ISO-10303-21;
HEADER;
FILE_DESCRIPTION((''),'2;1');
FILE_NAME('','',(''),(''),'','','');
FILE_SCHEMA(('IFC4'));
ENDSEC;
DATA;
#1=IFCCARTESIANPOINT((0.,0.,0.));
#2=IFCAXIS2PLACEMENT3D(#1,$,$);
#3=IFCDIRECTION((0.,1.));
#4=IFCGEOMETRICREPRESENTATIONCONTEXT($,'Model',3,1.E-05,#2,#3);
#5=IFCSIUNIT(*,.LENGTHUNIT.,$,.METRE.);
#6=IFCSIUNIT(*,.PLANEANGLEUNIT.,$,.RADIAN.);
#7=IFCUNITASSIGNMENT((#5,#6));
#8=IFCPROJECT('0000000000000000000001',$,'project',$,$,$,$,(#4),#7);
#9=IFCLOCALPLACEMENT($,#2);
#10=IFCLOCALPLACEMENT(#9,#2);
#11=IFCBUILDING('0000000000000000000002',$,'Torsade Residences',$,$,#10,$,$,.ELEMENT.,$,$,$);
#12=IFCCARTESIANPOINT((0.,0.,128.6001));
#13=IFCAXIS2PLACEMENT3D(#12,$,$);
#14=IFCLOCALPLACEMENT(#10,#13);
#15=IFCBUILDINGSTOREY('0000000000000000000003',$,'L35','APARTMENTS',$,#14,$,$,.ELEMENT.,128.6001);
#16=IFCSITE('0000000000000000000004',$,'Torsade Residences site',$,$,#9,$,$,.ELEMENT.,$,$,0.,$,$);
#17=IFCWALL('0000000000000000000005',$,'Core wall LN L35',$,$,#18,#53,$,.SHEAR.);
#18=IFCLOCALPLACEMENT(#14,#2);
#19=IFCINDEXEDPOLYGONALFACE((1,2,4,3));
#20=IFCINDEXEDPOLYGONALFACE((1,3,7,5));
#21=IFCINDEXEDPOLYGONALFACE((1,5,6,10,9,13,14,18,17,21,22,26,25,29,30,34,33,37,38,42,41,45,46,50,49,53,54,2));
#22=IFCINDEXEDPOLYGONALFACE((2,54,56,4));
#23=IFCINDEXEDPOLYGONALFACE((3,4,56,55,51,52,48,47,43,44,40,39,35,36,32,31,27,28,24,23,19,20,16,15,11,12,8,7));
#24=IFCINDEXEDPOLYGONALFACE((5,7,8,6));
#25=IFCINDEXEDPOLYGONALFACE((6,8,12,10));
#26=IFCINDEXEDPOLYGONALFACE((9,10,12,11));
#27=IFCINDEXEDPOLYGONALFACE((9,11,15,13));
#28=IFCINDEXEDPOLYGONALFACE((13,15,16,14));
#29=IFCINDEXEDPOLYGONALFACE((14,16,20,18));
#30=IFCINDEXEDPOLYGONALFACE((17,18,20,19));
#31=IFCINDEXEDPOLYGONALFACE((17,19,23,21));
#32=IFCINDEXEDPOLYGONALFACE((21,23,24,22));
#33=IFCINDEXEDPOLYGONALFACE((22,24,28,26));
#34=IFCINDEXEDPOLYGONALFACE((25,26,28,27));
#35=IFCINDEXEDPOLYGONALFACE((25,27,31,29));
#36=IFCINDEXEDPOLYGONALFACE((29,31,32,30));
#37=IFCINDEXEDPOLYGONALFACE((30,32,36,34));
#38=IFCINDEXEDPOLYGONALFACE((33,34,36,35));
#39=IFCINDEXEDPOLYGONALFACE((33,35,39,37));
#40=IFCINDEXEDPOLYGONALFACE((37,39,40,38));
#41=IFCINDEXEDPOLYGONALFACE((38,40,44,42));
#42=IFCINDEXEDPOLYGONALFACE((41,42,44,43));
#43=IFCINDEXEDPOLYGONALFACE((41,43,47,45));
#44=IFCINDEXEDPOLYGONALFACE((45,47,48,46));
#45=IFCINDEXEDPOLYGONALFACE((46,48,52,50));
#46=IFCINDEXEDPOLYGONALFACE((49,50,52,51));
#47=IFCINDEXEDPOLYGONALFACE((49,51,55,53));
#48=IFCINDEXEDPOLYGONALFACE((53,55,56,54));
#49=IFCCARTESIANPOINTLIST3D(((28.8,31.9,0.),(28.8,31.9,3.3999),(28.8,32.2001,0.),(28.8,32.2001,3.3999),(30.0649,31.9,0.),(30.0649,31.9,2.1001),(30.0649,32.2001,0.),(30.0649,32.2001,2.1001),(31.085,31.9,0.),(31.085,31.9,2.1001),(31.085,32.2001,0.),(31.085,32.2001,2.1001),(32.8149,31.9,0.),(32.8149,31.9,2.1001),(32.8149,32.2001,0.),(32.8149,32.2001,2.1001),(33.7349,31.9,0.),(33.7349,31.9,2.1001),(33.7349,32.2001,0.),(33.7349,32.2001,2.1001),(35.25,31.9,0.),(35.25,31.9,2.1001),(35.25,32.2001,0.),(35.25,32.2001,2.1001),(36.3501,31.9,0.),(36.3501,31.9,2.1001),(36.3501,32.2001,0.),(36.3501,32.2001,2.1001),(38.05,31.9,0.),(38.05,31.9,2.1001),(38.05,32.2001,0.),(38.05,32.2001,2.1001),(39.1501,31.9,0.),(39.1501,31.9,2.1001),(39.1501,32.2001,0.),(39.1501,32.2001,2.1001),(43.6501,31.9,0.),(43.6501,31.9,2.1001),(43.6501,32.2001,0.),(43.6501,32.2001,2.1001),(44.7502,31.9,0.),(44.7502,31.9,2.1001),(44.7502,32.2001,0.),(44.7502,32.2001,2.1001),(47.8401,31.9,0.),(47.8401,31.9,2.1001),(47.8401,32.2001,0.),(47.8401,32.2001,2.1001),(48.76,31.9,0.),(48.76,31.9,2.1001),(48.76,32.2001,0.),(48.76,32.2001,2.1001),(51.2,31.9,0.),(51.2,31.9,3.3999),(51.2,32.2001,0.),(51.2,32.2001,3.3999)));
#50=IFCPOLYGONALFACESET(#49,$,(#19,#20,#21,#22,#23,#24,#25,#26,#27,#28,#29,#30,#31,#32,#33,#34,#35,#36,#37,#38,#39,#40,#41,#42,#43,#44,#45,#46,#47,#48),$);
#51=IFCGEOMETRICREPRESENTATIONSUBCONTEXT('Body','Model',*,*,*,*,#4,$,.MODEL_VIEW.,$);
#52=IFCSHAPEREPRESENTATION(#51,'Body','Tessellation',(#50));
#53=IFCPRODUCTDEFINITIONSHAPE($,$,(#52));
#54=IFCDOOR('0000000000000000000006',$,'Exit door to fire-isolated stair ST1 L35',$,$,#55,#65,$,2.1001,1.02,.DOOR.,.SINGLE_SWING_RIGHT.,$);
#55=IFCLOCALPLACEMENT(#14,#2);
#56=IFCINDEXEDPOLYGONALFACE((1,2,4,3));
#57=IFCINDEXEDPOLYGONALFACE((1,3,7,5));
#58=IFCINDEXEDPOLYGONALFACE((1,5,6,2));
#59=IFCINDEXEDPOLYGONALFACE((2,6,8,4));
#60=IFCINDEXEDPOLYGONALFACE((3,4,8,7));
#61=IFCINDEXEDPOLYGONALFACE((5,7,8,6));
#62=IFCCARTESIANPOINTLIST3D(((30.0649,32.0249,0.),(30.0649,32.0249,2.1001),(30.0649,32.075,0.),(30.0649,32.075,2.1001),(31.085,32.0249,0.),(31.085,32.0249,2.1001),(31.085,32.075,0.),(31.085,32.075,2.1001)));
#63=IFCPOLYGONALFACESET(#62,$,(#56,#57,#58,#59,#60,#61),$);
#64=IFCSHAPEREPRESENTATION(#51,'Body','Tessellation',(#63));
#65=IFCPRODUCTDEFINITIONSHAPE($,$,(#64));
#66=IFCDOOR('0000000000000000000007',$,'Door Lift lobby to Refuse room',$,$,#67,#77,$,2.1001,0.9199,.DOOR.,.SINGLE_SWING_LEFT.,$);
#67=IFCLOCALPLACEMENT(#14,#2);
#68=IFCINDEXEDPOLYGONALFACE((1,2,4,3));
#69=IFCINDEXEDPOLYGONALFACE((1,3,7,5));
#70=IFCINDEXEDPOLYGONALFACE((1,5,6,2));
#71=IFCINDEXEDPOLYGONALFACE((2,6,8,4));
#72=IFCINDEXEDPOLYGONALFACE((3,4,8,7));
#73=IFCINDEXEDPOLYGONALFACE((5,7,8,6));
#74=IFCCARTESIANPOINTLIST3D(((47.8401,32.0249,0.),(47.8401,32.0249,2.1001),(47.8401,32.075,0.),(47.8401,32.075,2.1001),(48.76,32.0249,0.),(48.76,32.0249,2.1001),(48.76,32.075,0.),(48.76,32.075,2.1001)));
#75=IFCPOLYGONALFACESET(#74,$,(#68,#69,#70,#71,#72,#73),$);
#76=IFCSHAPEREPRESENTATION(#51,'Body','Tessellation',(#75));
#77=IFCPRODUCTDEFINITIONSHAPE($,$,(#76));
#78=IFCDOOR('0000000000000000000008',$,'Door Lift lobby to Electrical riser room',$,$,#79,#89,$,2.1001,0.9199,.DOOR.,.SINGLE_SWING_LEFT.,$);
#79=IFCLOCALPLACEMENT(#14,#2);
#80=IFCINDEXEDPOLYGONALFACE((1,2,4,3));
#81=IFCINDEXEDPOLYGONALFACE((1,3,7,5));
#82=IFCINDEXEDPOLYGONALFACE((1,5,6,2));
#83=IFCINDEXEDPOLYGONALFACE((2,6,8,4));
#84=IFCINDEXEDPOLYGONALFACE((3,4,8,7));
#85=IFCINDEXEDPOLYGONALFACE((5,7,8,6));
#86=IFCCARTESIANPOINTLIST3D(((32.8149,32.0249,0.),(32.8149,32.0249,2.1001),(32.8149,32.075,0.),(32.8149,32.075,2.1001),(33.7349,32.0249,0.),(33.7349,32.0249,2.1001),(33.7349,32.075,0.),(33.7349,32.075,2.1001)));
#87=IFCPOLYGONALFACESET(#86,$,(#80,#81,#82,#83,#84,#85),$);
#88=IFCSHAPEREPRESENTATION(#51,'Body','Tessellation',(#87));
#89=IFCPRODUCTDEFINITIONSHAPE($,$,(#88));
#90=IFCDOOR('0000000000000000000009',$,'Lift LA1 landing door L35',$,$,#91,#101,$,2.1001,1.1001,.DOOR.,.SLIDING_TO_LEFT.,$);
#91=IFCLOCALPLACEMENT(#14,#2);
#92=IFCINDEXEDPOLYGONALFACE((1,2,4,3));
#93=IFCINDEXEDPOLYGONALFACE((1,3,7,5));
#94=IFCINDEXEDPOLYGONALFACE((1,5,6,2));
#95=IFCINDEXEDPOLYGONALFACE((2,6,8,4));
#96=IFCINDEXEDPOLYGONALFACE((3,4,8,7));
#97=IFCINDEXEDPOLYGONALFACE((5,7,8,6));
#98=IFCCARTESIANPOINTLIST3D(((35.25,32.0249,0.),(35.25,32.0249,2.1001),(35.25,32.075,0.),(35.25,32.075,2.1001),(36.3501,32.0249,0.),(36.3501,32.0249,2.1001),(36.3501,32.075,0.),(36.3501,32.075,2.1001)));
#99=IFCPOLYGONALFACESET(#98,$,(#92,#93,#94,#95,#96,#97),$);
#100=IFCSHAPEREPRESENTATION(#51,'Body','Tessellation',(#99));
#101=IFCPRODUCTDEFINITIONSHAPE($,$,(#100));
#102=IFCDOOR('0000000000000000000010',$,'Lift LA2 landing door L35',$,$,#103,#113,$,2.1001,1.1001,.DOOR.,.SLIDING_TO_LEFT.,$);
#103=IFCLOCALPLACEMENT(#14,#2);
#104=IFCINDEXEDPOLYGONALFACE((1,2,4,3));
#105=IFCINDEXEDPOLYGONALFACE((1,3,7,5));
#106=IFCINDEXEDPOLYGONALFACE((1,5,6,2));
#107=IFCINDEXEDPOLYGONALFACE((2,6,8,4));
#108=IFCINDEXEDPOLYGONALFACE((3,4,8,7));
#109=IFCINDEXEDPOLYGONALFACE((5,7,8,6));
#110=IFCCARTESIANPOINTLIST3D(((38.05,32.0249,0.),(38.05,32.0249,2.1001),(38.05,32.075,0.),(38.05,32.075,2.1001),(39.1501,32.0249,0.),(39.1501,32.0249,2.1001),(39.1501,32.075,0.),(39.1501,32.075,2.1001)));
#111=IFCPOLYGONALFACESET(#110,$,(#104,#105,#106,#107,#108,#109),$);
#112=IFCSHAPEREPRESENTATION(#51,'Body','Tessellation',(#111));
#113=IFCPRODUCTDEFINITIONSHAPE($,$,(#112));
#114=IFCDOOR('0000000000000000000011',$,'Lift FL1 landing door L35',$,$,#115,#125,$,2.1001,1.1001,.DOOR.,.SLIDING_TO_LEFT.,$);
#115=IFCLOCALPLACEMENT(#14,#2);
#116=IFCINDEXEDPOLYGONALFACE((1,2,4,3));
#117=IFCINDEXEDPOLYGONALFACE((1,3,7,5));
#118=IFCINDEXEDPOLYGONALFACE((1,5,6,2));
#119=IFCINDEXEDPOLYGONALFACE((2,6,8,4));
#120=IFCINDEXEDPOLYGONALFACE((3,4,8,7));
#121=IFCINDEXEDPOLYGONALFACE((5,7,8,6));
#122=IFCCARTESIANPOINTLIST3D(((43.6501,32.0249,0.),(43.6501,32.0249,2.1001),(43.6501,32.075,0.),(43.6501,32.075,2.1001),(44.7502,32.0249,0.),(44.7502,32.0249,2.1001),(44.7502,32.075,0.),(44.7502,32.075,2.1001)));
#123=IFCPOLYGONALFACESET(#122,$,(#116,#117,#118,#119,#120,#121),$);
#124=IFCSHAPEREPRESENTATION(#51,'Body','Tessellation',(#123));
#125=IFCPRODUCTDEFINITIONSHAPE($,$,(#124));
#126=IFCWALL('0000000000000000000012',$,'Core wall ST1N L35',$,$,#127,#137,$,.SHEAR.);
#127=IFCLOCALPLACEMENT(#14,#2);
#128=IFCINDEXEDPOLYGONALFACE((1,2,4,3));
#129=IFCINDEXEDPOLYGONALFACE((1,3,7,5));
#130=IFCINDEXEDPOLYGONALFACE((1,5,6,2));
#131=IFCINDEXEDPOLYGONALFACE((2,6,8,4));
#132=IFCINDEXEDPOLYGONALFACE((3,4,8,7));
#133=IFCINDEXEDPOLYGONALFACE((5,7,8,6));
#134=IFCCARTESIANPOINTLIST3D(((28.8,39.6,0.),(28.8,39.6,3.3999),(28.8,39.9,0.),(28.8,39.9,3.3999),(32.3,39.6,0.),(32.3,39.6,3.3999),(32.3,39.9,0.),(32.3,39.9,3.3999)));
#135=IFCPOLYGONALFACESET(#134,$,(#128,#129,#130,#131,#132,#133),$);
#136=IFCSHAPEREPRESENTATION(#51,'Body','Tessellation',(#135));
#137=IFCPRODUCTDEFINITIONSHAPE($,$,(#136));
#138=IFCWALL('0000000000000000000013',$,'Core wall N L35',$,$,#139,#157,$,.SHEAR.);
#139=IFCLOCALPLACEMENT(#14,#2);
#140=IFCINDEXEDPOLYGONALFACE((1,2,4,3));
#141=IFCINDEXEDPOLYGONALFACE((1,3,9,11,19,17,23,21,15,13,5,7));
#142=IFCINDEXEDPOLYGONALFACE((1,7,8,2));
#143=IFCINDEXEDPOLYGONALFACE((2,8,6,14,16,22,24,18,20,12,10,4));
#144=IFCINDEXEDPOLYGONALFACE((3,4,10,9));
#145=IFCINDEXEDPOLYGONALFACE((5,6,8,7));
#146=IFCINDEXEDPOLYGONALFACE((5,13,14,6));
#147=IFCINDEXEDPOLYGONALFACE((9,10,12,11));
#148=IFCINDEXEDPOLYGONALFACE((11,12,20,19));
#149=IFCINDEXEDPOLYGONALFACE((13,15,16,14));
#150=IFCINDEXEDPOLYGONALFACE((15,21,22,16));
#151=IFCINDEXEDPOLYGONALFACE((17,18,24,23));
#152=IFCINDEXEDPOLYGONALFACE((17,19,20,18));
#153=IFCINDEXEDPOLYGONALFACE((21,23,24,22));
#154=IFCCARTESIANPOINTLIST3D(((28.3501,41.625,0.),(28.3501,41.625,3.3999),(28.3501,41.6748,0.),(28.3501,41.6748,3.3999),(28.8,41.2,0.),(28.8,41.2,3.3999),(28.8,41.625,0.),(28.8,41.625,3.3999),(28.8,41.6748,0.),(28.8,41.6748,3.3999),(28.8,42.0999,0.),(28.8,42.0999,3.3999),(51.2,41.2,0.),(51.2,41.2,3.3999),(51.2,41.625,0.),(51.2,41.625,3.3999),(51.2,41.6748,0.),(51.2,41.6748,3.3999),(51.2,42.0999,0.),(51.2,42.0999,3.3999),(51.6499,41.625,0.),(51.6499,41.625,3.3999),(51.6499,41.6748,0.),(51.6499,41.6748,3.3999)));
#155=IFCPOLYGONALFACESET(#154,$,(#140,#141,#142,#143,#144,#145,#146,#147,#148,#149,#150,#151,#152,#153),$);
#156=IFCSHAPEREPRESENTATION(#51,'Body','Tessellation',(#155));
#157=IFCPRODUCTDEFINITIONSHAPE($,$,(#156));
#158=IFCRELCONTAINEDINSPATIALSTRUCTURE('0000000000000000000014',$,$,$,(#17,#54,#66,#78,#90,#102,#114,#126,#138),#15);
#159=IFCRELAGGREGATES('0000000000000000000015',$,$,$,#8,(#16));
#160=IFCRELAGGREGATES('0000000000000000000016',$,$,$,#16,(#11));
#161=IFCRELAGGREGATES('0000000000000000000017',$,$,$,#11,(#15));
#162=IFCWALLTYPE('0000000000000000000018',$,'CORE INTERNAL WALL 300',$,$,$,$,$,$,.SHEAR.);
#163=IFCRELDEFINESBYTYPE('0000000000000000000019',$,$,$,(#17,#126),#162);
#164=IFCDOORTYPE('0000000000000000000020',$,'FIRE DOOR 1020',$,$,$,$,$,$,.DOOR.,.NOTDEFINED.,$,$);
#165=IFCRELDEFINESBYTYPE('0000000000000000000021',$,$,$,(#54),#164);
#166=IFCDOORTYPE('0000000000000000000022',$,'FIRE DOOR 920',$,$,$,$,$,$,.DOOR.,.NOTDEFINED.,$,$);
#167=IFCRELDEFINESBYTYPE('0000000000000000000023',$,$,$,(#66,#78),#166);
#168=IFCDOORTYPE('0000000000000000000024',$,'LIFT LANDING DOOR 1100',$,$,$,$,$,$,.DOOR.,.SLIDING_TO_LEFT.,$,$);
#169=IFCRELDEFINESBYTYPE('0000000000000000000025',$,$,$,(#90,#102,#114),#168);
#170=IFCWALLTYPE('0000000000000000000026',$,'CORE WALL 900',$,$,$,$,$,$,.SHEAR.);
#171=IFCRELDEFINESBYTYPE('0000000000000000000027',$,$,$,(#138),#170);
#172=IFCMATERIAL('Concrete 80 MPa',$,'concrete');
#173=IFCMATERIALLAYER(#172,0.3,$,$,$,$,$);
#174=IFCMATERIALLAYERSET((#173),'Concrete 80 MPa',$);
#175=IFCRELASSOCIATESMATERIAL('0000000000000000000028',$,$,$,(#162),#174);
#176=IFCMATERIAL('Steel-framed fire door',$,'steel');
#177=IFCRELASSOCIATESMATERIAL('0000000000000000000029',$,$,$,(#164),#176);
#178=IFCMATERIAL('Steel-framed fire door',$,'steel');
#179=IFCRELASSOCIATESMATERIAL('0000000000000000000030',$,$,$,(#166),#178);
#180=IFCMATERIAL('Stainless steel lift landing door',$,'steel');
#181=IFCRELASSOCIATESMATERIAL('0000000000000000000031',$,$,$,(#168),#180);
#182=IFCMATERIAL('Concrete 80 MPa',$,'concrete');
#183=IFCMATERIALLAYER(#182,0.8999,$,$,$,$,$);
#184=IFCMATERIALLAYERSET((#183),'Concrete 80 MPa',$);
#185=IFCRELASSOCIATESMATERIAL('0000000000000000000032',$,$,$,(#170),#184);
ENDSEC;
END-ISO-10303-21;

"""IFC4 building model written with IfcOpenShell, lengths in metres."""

from ifc_helpers import new_model, si_unit, direction, frame, frame_2d, origin, place, context, subcontext, project, spatial, polyline, rectangle, outline, extrude, material, layer, layer_set, type_object, element, fill, save


model = new_model("IFC4")

# Units and contexts
model_context = context("Model", 3, precision=1e-05, world=origin(), true_north=direction((0.0, 1.0)))
body_context = subcontext(model_context, "Body", "Model", "MODEL_VIEW")
ifc_project = project(units=[si_unit("LENGTHUNIT", "METRE"), si_unit("PLANEANGLEUNIT", "RADIAN")], contexts=[model_context])

# Site, building, storey
site_placement = place(None, origin())
site = spatial("IfcSite", under=ifc_project, at=site_placement, Name="Torsade Residences site", CompositionType="ELEMENT", RefElevation=0.0)
building_placement = place(site_placement, origin())
building = spatial("IfcBuilding", under=site, at=building_placement, Name="Torsade Residences", CompositionType="ELEMENT")
storey_placement = place(building_placement, frame((0.0, 0.0, 128.6001)))
storey = spatial("IfcBuildingStorey", under=building, at=storey_placement, Name="L35", Description="APARTMENTS", CompositionType="ELEMENT", Elevation=128.6001)

# Wall, openings, doors
ifc_material_1 = material(Name="Concrete 80 MPa", Category="concrete")
ifc_layer_1 = layer(ifc_material_1, 0.3)
ifc_layer_set_1 = layer_set([ifc_layer_1], Name="Concrete 80 MPa")
wall_type_1 = type_object("IfcWallType", Name="CORE INTERNAL WALL 300", PredefinedType="SHEAR", material=ifc_layer_set_1)
wall_1_placement = place(storey_placement, frame((28.8, 32.05, 0.0), z_axis=(0.0, 0.0, 1.0), x_axis=(1.0, 0.0, 0.0)))
wall_1 = element("IfcWall", 1, at=wall_1_placement, inside=storey, type_object=wall_type_1, Name="Core wall LN L35", PredefinedType="SHEAR", context=body_context, shape_type="SweptSolid", body=[
    extrude(rectangle(XDim=22.3999, YDim=0.3, at=frame_2d((11.2, 0.0))), origin(), (0.0, 0.0, 1.0), 3.3999),
])
opening_1_placement = place(wall_1_placement, frame((19.04, 0.0, 0.0)))
opening_1 = element("IfcOpeningElement", 2, at=opening_1_placement, cuts=wall_1, PredefinedType="OPENING", context=body_context, shape_type="SweptSolid", body=[
    extrude(rectangle(XDim=0.9199, YDim=2.1001, at=frame_2d((0.46, 1.05))), frame((0.0, 0.1599, 0.0), z_axis=(0.0, -1.0, 0.0), x_axis=(1.0, 0.0, 0.0)), (0.0, 0.0, 1.0), 0.3201),
])
opening_2_placement = place(wall_1_placement, frame((1.2649, 0.0, 0.0)))
opening_2 = element("IfcOpeningElement", 3, at=opening_2_placement, cuts=wall_1, PredefinedType="OPENING", context=body_context, shape_type="SweptSolid", body=[
    extrude(rectangle(XDim=1.02, YDim=2.1001, at=frame_2d((0.51, 1.05))), frame((0.0, 0.1599, 0.0), z_axis=(0.0, -1.0, 0.0), x_axis=(1.0, 0.0, 0.0)), (0.0, 0.0, 1.0), 0.3201),
])
opening_3_placement = place(wall_1_placement, frame((4.0149, 0.0, 0.0)))
opening_3 = element("IfcOpeningElement", 4, at=opening_3_placement, cuts=wall_1, PredefinedType="OPENING", context=body_context, shape_type="SweptSolid", body=[
    extrude(rectangle(XDim=0.9199, YDim=2.1001, at=frame_2d((0.46, 1.05))), frame((0.0, 0.1599, 0.0), z_axis=(0.0, -1.0, 0.0), x_axis=(1.0, 0.0, 0.0)), (0.0, 0.0, 1.0), 0.3201),
])
opening_4_placement = place(wall_1_placement, frame((6.45, 0.0, 0.0)))
opening_4 = element("IfcOpeningElement", 5, at=opening_4_placement, cuts=wall_1, PredefinedType="OPENING", context=body_context, shape_type="SweptSolid", body=[
    extrude(rectangle(XDim=1.1001, YDim=2.1001, at=frame_2d((0.55, 1.05))), frame((0.0, 0.1599, 0.0), z_axis=(0.0, -1.0, 0.0), x_axis=(1.0, 0.0, 0.0)), (0.0, 0.0, 1.0), 0.3201),
])
opening_5_placement = place(wall_1_placement, frame((9.25, 0.0, 0.0)))
opening_5 = element("IfcOpeningElement", 6, at=opening_5_placement, cuts=wall_1, PredefinedType="OPENING", context=body_context, shape_type="SweptSolid", body=[
    extrude(rectangle(XDim=1.1001, YDim=2.1001, at=frame_2d((0.55, 1.05))), frame((0.0, 0.1599, 0.0), z_axis=(0.0, -1.0, 0.0), x_axis=(1.0, 0.0, 0.0)), (0.0, 0.0, 1.0), 0.3201),
])
opening_6_placement = place(wall_1_placement, frame((14.8501, 0.0, 0.0)))
opening_6 = element("IfcOpeningElement", 7, at=opening_6_placement, cuts=wall_1, PredefinedType="OPENING", context=body_context, shape_type="SweptSolid", body=[
    extrude(rectangle(XDim=1.1001, YDim=2.1001, at=frame_2d((0.55, 1.05))), frame((0.0, 0.1599, 0.0), z_axis=(0.0, -1.0, 0.0), x_axis=(1.0, 0.0, 0.0)), (0.0, 0.0, 1.0), 0.3201),
])
ifc_material_2 = material(Name="Steel-framed fire door", Category="steel")
door_type_1 = type_object("IfcDoorType", Name="FIRE DOOR 1020", OperationType="NOTDEFINED", PredefinedType="DOOR", material=ifc_material_2)
door_1_placement = place(opening_2_placement, origin())
door_1 = element("IfcDoor", 8, at=door_1_placement, inside=storey, type_object=door_type_1, Name="Exit door to fire-isolated stair ST1 L35", OperationType="SINGLE_SWING_RIGHT", OverallHeight=2.1001, OverallWidth=1.02, PredefinedType="DOOR", context=body_context, shape_type="SweptSolid", body=[
    extrude(rectangle(XDim=1.02, YDim=2.1001, at=frame_2d((0.51, 1.05))), frame((0.0, 0.0249, 0.0), z_axis=(0.0, -1.0, 0.0), x_axis=(1.0, 0.0, 0.0)), (0.0, 0.0, 1.0), 0.05),
])
fill(opening_2, door_1)
ifc_material_3 = material(Name="Steel-framed fire door", Category="steel")
door_type_2 = type_object("IfcDoorType", Name="FIRE DOOR 920", OperationType="NOTDEFINED", PredefinedType="DOOR", material=ifc_material_3)
door_2_placement = place(opening_1_placement, origin())
door_2 = element("IfcDoor", 9, at=door_2_placement, inside=storey, type_object=door_type_2, Name="Door Lift lobby to Refuse room", OperationType="SINGLE_SWING_LEFT", OverallHeight=2.1001, OverallWidth=0.9199, PredefinedType="DOOR", context=body_context, shape_type="SweptSolid", body=[
    extrude(rectangle(XDim=0.9199, YDim=2.1001, at=frame_2d((0.46, 1.05))), frame((0.0, 0.0249, 0.0), z_axis=(0.0, -1.0, 0.0), x_axis=(1.0, 0.0, 0.0)), (0.0, 0.0, 1.0), 0.05),
])
fill(opening_1, door_2)
door_3_placement = place(opening_3_placement, origin())
door_3 = element("IfcDoor", 10, at=door_3_placement, inside=storey, type_object=door_type_2, Name="Door Lift lobby to Electrical riser room", OperationType="SINGLE_SWING_LEFT", OverallHeight=2.1001, OverallWidth=0.9199, PredefinedType="DOOR", context=body_context, shape_type="SweptSolid", body=[
    extrude(rectangle(XDim=0.9199, YDim=2.1001, at=frame_2d((0.46, 1.05))), frame((0.0, 0.0249, 0.0), z_axis=(0.0, -1.0, 0.0), x_axis=(1.0, 0.0, 0.0)), (0.0, 0.0, 1.0), 0.05),
])
fill(opening_3, door_3)
ifc_material_4 = material(Name="Stainless steel lift landing door", Category="steel")
door_type_3 = type_object("IfcDoorType", Name="LIFT LANDING DOOR 1100", OperationType="SLIDING_TO_LEFT", PredefinedType="DOOR", material=ifc_material_4)
door_4_placement = place(opening_4_placement, origin())
door_4 = element("IfcDoor", 11, at=door_4_placement, inside=storey, type_object=door_type_3, Name="Lift LA1 landing door L35", OperationType="SLIDING_TO_LEFT", OverallHeight=2.1001, OverallWidth=1.1001, PredefinedType="DOOR", context=body_context, shape_type="SweptSolid", body=[
    extrude(rectangle(XDim=1.1001, YDim=2.1001, at=frame_2d((0.55, 1.05))), frame((0.0, 0.0249, 0.0), z_axis=(0.0, -1.0, 0.0), x_axis=(1.0, 0.0, 0.0)), (0.0, 0.0, 1.0), 0.05),
])
fill(opening_4, door_4)
door_5_placement = place(opening_5_placement, origin())
door_5 = element("IfcDoor", 12, at=door_5_placement, inside=storey, type_object=door_type_3, Name="Lift LA2 landing door L35", OperationType="SLIDING_TO_LEFT", OverallHeight=2.1001, OverallWidth=1.1001, PredefinedType="DOOR", context=body_context, shape_type="SweptSolid", body=[
    extrude(rectangle(XDim=1.1001, YDim=2.1001, at=frame_2d((0.55, 1.05))), frame((0.0, 0.0249, 0.0), z_axis=(0.0, -1.0, 0.0), x_axis=(1.0, 0.0, 0.0)), (0.0, 0.0, 1.0), 0.05),
])
fill(opening_5, door_5)
door_6_placement = place(opening_6_placement, origin())
door_6 = element("IfcDoor", 13, at=door_6_placement, inside=storey, type_object=door_type_3, Name="Lift FL1 landing door L35", OperationType="SLIDING_TO_LEFT", OverallHeight=2.1001, OverallWidth=1.1001, PredefinedType="DOOR", context=body_context, shape_type="SweptSolid", body=[
    extrude(rectangle(XDim=1.1001, YDim=2.1001, at=frame_2d((0.55, 1.05))), frame((0.0, 0.0249, 0.0), z_axis=(0.0, -1.0, 0.0), x_axis=(1.0, 0.0, 0.0)), (0.0, 0.0, 1.0), 0.05),
])
fill(opening_6, door_6)

# Walls
wall_2_placement = place(storey_placement, frame((28.8, 39.75, 0.0), z_axis=(0.0, 0.0, 1.0), x_axis=(1.0, 0.0, 0.0)))
element("IfcWall", 14, at=wall_2_placement, inside=storey, type_object=wall_type_1, Name="Core wall ST1N L35", PredefinedType="SHEAR", context=body_context, shape_type="SweptSolid", body=[
    extrude(rectangle(XDim=3.5, YDim=0.3, at=frame_2d((1.75, 0.0))), origin(), (0.0, 0.0, 1.0), 3.3999),
])
ifc_material_5 = material(Name="Concrete 80 MPa", Category="concrete")
ifc_layer_2 = layer(ifc_material_5, 0.8999)
ifc_layer_set_2 = layer_set([ifc_layer_2], Name="Concrete 80 MPa")
wall_type_2 = type_object("IfcWallType", Name="CORE WALL 900", PredefinedType="SHEAR", material=ifc_layer_set_2)
wall_3_placement = place(storey_placement, frame((28.8, 41.6499, 0.0), z_axis=(0.0, 0.0, 1.0), x_axis=(1.0, 0.0, 0.0)))
element("IfcWall", 15, at=wall_3_placement, inside=storey, type_object=wall_type_2, Name="Core wall N L35", PredefinedType="SHEAR", context=body_context, shape_type="SweptSolid", body=[
    extrude(outline(polyline([(0.0, -0.45), (22.3999, -0.45), (22.3999, -0.0249), (22.8499, -0.0249), (22.8499, 0.0249), (22.3999, 0.0249), (22.3999, 0.45), (0.0, 0.45), (0.0, 0.0249), (-0.45, 0.0249), (-0.45, -0.0249), (0.0, -0.0249), (0.0, -0.45)])), origin(), (0.0, 0.0, 1.0), 3.3999),
])

save(model, "model.ifc")
